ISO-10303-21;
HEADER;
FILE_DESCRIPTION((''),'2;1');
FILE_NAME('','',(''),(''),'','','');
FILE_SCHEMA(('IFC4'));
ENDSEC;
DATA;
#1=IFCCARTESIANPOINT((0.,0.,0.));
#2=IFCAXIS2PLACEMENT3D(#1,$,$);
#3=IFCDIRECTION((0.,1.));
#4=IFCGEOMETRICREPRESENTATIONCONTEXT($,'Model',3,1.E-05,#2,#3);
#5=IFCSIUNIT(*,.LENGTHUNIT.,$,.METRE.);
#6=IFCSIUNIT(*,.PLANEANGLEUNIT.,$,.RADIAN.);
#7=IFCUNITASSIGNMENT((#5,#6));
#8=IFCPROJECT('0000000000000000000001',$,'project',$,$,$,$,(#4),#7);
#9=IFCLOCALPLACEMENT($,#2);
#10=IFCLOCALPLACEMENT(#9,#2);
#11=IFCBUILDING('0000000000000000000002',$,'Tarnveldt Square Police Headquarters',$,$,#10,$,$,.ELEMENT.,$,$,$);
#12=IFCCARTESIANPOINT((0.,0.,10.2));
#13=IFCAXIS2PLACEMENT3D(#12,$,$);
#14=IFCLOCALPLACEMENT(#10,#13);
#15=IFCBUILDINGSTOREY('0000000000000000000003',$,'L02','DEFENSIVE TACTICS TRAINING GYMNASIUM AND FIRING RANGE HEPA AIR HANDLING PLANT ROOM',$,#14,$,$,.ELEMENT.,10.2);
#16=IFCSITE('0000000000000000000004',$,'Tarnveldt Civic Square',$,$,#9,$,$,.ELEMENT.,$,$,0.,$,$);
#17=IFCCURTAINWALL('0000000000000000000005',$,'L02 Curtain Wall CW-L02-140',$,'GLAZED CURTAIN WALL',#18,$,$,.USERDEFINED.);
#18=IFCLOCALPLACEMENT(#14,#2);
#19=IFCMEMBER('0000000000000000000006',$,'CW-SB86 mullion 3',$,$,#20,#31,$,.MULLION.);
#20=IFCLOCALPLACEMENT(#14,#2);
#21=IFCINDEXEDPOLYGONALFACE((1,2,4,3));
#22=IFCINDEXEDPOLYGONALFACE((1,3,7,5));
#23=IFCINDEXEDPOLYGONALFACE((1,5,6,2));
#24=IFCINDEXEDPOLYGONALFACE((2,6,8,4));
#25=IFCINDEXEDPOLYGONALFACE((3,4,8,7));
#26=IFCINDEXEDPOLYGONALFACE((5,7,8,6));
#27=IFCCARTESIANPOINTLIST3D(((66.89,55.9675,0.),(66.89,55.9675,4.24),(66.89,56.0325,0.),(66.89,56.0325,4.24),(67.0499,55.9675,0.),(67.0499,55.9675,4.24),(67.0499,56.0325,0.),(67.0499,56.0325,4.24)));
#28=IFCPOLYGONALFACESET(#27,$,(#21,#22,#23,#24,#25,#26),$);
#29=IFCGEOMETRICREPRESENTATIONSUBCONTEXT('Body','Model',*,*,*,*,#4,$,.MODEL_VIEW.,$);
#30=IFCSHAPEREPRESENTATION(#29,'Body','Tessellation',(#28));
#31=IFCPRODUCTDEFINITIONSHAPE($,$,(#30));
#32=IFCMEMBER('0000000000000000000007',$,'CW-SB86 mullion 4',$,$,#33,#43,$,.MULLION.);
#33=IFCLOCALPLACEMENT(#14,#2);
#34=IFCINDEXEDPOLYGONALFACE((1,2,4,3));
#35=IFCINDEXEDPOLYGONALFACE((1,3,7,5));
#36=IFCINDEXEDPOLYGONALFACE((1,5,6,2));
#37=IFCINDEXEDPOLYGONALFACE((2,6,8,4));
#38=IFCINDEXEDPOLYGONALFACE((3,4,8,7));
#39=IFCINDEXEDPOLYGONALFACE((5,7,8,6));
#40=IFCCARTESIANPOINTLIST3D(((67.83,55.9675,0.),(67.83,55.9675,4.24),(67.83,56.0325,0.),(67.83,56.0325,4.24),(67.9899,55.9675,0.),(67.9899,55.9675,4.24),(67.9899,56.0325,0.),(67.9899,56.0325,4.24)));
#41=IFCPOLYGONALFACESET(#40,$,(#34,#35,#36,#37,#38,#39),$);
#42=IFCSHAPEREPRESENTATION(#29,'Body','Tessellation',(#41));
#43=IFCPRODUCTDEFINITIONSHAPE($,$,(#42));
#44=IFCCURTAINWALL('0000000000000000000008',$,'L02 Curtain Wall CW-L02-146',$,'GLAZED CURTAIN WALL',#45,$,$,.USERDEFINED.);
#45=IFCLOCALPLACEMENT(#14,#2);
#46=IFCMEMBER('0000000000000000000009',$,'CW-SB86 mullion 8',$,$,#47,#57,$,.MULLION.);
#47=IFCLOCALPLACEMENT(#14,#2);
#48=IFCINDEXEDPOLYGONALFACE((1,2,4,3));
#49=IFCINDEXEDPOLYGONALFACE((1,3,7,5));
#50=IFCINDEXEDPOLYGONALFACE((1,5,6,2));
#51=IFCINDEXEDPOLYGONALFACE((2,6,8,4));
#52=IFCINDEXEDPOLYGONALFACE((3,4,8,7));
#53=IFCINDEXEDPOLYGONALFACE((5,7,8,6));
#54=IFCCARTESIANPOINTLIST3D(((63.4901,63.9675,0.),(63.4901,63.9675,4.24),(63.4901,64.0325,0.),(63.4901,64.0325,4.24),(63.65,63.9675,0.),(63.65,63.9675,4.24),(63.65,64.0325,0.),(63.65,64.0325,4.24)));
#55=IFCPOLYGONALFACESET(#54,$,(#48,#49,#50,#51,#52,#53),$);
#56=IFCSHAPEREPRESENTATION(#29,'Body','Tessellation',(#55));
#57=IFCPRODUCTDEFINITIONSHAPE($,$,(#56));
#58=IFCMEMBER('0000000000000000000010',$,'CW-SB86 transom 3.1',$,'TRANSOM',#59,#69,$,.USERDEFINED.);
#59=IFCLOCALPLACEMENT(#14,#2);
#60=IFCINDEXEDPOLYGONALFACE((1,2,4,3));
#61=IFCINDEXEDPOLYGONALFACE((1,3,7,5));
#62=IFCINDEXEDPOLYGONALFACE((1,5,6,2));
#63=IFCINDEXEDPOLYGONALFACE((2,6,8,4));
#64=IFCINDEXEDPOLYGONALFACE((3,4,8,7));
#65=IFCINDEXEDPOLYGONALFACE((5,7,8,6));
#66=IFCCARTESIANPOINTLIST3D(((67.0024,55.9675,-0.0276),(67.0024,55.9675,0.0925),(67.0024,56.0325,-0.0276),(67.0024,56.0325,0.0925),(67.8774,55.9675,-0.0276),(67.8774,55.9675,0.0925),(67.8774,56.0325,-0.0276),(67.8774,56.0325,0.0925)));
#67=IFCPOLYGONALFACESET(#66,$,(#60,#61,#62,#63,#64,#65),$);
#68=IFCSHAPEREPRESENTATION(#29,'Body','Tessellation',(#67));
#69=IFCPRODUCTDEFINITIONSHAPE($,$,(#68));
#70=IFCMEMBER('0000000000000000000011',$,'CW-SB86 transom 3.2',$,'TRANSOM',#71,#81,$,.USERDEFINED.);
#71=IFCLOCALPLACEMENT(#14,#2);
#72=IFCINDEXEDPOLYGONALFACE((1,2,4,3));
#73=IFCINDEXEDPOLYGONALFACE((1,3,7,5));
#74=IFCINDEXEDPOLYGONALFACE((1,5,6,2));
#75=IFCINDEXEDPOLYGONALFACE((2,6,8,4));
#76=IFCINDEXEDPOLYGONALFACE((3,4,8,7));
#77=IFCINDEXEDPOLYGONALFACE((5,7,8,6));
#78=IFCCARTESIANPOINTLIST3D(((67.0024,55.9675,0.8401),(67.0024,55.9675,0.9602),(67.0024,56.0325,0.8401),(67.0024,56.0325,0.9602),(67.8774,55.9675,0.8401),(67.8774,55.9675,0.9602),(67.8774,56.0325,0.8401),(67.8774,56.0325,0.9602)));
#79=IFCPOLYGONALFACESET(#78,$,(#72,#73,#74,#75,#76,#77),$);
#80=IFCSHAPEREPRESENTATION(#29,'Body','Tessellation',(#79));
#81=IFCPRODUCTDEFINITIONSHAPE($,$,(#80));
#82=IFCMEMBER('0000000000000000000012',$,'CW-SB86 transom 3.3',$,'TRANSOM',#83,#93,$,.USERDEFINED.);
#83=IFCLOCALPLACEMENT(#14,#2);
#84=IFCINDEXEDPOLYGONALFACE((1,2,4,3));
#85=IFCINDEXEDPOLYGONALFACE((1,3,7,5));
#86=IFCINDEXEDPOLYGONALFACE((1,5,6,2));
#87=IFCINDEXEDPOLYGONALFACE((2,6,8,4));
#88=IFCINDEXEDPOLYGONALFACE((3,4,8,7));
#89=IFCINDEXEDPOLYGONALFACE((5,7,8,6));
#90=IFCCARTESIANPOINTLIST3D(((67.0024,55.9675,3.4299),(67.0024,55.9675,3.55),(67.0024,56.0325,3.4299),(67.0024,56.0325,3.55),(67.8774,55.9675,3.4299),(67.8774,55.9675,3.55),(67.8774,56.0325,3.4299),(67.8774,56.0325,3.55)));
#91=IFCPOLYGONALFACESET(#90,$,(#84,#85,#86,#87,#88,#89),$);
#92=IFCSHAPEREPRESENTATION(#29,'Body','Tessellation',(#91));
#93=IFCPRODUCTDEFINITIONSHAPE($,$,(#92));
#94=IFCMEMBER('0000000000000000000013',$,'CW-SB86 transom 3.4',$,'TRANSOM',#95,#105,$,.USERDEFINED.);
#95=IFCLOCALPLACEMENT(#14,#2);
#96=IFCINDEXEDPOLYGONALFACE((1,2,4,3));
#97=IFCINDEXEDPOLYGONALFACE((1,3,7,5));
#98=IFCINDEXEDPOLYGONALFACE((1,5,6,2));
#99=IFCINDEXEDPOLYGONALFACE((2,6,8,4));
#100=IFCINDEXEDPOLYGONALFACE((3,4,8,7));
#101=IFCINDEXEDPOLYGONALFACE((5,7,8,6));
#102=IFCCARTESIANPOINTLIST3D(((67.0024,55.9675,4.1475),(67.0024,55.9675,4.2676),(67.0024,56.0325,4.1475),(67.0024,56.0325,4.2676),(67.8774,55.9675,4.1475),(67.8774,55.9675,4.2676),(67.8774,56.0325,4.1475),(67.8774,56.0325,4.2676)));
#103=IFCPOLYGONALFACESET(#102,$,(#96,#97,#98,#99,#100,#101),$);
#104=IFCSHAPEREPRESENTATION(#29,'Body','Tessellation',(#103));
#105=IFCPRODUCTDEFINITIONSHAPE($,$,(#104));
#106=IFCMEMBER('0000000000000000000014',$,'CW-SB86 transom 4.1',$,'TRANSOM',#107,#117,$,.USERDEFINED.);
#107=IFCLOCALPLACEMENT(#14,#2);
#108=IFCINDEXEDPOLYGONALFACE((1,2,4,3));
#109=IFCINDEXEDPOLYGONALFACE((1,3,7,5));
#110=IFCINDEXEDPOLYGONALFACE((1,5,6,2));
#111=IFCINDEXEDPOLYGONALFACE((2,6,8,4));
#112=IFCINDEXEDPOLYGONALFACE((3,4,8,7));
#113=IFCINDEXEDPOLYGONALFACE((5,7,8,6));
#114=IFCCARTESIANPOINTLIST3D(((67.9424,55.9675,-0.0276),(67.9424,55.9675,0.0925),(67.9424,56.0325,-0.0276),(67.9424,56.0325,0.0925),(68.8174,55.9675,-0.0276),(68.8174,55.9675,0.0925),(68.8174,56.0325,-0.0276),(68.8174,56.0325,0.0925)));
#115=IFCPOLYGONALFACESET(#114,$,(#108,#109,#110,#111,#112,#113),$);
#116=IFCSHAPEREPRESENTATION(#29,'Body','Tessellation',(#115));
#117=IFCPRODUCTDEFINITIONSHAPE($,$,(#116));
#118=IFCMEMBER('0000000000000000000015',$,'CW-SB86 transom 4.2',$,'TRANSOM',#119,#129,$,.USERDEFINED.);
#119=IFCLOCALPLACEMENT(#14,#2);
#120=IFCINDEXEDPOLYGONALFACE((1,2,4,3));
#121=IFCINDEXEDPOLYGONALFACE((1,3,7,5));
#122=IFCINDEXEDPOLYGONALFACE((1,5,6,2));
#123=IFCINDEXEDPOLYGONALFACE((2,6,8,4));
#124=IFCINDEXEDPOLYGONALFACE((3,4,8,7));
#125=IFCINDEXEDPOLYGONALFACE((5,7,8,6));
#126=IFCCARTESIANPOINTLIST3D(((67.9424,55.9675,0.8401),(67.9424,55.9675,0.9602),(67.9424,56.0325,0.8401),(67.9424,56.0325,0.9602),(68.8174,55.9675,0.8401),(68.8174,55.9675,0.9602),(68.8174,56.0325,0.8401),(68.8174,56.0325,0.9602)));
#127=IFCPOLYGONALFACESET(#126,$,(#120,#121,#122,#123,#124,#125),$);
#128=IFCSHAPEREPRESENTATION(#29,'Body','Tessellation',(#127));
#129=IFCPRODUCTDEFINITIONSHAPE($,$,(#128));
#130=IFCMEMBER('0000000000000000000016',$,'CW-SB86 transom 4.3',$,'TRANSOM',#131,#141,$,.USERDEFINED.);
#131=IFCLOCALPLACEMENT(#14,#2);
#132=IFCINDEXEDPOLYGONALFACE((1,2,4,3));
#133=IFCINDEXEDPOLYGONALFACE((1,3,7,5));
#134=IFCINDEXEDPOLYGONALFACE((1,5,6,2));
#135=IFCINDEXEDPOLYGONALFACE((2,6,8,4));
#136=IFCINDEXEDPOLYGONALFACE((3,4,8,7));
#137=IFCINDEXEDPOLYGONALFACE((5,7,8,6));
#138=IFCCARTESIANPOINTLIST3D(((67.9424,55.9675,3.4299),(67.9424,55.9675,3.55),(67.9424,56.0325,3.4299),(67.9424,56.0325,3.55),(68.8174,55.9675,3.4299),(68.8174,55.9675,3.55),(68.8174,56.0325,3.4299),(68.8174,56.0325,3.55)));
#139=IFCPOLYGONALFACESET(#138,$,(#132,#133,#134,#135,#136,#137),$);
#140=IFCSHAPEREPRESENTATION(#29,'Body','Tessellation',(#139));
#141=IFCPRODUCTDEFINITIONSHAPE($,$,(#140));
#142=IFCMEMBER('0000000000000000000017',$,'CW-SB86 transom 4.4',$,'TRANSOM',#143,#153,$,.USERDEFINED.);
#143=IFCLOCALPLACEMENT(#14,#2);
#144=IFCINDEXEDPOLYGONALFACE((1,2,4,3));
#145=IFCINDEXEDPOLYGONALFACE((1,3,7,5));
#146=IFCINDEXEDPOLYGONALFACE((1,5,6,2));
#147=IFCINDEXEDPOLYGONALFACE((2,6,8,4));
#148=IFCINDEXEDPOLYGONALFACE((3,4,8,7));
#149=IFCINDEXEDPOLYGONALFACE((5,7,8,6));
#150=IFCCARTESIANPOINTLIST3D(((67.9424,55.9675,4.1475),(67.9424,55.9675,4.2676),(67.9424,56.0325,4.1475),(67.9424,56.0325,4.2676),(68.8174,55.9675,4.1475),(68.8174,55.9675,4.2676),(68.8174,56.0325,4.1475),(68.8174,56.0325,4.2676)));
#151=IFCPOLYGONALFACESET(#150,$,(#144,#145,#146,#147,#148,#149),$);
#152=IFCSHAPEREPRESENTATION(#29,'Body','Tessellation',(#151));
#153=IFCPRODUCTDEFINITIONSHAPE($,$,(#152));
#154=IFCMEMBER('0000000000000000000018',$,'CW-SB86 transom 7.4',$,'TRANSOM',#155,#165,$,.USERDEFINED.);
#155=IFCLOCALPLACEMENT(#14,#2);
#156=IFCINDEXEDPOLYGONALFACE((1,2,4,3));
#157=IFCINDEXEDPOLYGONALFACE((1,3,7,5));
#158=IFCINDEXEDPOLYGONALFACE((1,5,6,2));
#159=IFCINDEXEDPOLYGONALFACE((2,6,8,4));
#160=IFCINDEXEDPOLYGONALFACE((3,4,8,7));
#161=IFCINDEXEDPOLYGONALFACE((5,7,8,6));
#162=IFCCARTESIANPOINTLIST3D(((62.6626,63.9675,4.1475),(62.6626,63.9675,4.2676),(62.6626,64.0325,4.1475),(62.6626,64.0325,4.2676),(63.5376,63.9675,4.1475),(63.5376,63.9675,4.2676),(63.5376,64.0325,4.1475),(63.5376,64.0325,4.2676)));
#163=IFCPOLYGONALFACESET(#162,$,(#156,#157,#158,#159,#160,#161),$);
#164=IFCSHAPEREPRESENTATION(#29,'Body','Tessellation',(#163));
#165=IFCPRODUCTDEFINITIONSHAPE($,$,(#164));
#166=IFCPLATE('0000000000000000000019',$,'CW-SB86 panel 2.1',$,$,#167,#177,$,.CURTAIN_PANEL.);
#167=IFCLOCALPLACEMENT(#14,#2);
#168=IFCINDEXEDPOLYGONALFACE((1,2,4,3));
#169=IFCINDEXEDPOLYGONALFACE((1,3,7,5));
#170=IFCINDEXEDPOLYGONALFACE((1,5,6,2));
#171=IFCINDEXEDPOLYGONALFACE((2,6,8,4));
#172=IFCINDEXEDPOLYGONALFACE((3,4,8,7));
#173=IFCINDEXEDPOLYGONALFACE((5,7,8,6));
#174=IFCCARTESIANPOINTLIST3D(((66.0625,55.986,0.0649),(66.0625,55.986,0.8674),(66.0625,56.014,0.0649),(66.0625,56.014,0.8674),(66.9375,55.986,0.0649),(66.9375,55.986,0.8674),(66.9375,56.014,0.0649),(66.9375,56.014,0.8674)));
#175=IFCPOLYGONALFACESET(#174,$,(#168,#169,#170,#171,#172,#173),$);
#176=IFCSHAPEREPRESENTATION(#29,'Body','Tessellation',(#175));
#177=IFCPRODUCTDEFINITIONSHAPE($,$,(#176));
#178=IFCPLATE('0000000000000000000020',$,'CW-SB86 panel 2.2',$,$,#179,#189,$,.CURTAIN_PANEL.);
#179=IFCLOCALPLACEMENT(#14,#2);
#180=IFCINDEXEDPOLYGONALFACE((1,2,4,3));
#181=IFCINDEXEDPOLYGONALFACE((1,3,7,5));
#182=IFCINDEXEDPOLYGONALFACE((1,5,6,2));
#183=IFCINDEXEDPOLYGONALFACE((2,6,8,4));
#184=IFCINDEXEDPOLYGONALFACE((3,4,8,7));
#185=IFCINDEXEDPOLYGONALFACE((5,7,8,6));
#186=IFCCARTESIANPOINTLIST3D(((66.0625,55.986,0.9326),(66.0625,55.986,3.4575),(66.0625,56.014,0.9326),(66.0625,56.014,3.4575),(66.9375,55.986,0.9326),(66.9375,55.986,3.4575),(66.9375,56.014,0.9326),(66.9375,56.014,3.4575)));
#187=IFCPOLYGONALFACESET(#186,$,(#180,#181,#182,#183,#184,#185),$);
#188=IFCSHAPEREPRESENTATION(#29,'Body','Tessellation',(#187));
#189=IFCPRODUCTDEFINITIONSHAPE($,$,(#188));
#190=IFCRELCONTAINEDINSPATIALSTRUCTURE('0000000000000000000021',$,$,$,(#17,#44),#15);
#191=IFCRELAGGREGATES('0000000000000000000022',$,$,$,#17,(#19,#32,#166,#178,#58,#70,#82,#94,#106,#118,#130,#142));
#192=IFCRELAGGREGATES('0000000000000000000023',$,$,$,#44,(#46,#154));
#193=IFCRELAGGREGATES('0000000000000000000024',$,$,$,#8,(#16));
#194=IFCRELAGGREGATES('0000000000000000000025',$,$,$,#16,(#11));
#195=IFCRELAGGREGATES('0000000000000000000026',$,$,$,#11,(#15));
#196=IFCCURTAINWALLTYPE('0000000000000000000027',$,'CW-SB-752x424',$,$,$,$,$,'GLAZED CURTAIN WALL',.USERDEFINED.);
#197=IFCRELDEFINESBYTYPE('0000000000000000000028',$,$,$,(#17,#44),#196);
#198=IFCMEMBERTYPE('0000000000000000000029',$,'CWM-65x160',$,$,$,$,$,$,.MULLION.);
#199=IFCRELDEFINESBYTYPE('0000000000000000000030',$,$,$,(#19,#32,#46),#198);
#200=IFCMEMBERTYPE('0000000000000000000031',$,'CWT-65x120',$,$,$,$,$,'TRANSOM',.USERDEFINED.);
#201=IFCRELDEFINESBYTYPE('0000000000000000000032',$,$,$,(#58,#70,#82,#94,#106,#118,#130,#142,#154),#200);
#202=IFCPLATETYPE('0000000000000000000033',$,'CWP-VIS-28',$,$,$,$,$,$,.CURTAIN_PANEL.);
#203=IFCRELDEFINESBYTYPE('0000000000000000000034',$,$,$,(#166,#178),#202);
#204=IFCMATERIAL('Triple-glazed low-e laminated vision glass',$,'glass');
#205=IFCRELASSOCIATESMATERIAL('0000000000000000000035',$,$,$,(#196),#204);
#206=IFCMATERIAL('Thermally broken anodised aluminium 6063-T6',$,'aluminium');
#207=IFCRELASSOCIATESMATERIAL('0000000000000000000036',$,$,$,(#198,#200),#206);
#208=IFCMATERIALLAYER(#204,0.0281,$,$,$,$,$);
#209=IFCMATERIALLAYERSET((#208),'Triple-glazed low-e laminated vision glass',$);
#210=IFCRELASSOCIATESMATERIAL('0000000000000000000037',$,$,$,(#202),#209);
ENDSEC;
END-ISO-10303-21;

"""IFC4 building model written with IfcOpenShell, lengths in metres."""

from ifc_helpers import new_model, si_unit, direction, frame, origin, origin_2d, place, context, subcontext, project, spatial, rectangle, extrude, material, layer, layer_set, material_profile, profile_set, type_object, element, aggregate, save


model = new_model("IFC4")

# Units and contexts
model_context = context("Model", 3, precision=1e-05, world=origin(), true_north=direction((0.0, 1.0)))
body_context = subcontext(model_context, "Body", "Model", "MODEL_VIEW")
ifc_project = project(units=[si_unit("LENGTHUNIT", "METRE"), si_unit("PLANEANGLEUNIT", "RADIAN")], contexts=[model_context])

# Site, building, storey
site_placement = place(None, origin())
site = spatial("IfcSite", under=ifc_project, at=site_placement, Name="Tarnveldt Civic Square", CompositionType="ELEMENT", RefElevation=0.0)
building_placement = place(site_placement, origin())
building = spatial("IfcBuilding", under=site, at=building_placement, Name="Tarnveldt Square Police Headquarters", CompositionType="ELEMENT")
storey_placement = place(building_placement, frame((0.0, 0.0, 10.2)))
storey = spatial("IfcBuildingStorey", under=building, at=storey_placement, Name="L02", Description="DEFENSIVE TACTICS TRAINING GYMNASIUM AND FIRING RANGE HEPA AIR HANDLING PLANT ROOM", CompositionType="ELEMENT", Elevation=10.2)

# Curtain wall, members
ifc_material_1 = material(Name="Triple-glazed low-e laminated vision glass", Category="glass")
curtain_wall_type = type_object("IfcCurtainWallType", Name="CW-SB-752x424", ElementType="GLAZED CURTAIN WALL", PredefinedType="USERDEFINED", material=ifc_material_1)
curtain_wall_1_placement = place(storey_placement, origin())
curtain_wall_1 = element("IfcCurtainWall", 1, at=curtain_wall_1_placement, inside=storey, type_object=curtain_wall_type, Name="L02 Curtain Wall CW-L02-140", ObjectType="GLAZED CURTAIN WALL", PredefinedType="USERDEFINED")
ifc_material_2 = material(Name="Thermally broken anodised aluminium 6063-T6", Category="aluminium")
ifc_material_profile_1 = material_profile(ifc_material_2, rectangle(XDim=0.0649, YDim=0.1599, at=origin_2d()), Name="CW-M65x160")
ifc_profile_set_1 = profile_set([ifc_material_profile_1], Name="Thermally broken anodised aluminium 6063-T6")
member_type_1 = type_object("IfcMemberType", Name="CWM-65x160", PredefinedType="MULLION", material=ifc_profile_set_1)
member_1_placement = place(storey_placement, frame((66.97, 56.0, 0.0), z_axis=(0.0, 0.0, 1.0), x_axis=(0.0, 1.0, 0.0)))
member_1 = element("IfcMember", 2, at=member_1_placement, type_object=member_type_1, Name="CW-SB86 mullion 3", PredefinedType="MULLION", context=body_context, shape_type="SweptSolid", body=[
    extrude(rectangle(XDim=0.0649, YDim=0.1599, at=origin_2d()), origin(), (0.0, 0.0, 1.0), 4.24),
])
member_2_placement = place(storey_placement, frame((67.9099, 56.0, 0.0), z_axis=(0.0, 0.0, 1.0), x_axis=(0.0, 1.0, 0.0)))
member_2 = element("IfcMember", 3, at=member_2_placement, type_object=member_type_1, Name="CW-SB86 mullion 4", PredefinedType="MULLION", context=body_context, shape_type="SweptSolid", body=[
    extrude(rectangle(XDim=0.0649, YDim=0.1599, at=origin_2d()), origin(), (0.0, 0.0, 1.0), 4.24),
])

# Curtain wall, member
curtain_wall_2_placement = place(storey_placement, origin())
curtain_wall_2 = element("IfcCurtainWall", 4, at=curtain_wall_2_placement, inside=storey, type_object=curtain_wall_type, Name="L02 Curtain Wall CW-L02-146", ObjectType="GLAZED CURTAIN WALL", PredefinedType="USERDEFINED")
member_3_placement = place(storey_placement, frame((63.5701, 64.0, 0.0), z_axis=(0.0, 0.0, 1.0), x_axis=(0.0, 1.0, 0.0)))
member_3 = element("IfcMember", 5, at=member_3_placement, type_object=member_type_1, Name="CW-SB86 mullion 8", PredefinedType="MULLION", context=body_context, shape_type="SweptSolid", body=[
    extrude(rectangle(XDim=0.0649, YDim=0.1599, at=origin_2d()), origin(), (0.0, 0.0, 1.0), 4.24),
])

# Members
ifc_material_profile_2 = material_profile(ifc_material_2, rectangle(XDim=0.0649, YDim=0.1201, at=origin_2d()), Name="CW-T65x120")
ifc_profile_set_2 = profile_set([ifc_material_profile_2], Name="Thermally broken anodised aluminium 6063-T6")
member_type_2 = type_object("IfcMemberType", Name="CWT-65x120", ElementType="TRANSOM", PredefinedType="USERDEFINED", material=ifc_profile_set_2)
member_4_placement = place(storey_placement, frame((67.0024, 56.0, 0.0325), z_axis=(1.0, 0.0, 0.0), x_axis=(0.0, 1.0, 0.0)))
member_4 = element("IfcMember", 6, at=member_4_placement, type_object=member_type_2, Name="CW-SB86 transom 3.1", ObjectType="TRANSOM", PredefinedType="USERDEFINED", context=body_context, shape_type="SweptSolid", body=[
    extrude(rectangle(XDim=0.0649, YDim=0.1201, at=origin_2d()), origin(), (0.0, 0.0, 1.0), 0.875),
])
member_5_placement = place(storey_placement, frame((67.0024, 56.0, 0.9001), z_axis=(1.0, 0.0, 0.0), x_axis=(0.0, 1.0, 0.0)))
member_5 = element("IfcMember", 7, at=member_5_placement, type_object=member_type_2, Name="CW-SB86 transom 3.2", ObjectType="TRANSOM", PredefinedType="USERDEFINED", context=body_context, shape_type="SweptSolid", body=[
    extrude(rectangle(XDim=0.0649, YDim=0.1201, at=origin_2d()), origin(), (0.0, 0.0, 1.0), 0.875),
])
member_6_placement = place(storey_placement, frame((67.0024, 56.0, 3.49), z_axis=(1.0, 0.0, 0.0), x_axis=(0.0, 1.0, 0.0)))
member_6 = element("IfcMember", 8, at=member_6_placement, type_object=member_type_2, Name="CW-SB86 transom 3.3", ObjectType="TRANSOM", PredefinedType="USERDEFINED", context=body_context, shape_type="SweptSolid", body=[
    extrude(rectangle(XDim=0.0649, YDim=0.1201, at=origin_2d()), origin(), (0.0, 0.0, 1.0), 0.875),
])
member_7_placement = place(storey_placement, frame((67.0024, 56.0, 4.2075), z_axis=(1.0, 0.0, 0.0), x_axis=(0.0, 1.0, 0.0)))
member_7 = element("IfcMember", 9, at=member_7_placement, type_object=member_type_2, Name="CW-SB86 transom 3.4", ObjectType="TRANSOM", PredefinedType="USERDEFINED", context=body_context, shape_type="SweptSolid", body=[
    extrude(rectangle(XDim=0.0649, YDim=0.1201, at=origin_2d()), origin(), (0.0, 0.0, 1.0), 0.875),
])
member_8_placement = place(storey_placement, frame((67.9424, 56.0, 0.0325), z_axis=(1.0, 0.0, 0.0), x_axis=(0.0, 1.0, 0.0)))
member_8 = element("IfcMember", 10, at=member_8_placement, type_object=member_type_2, Name="CW-SB86 transom 4.1", ObjectType="TRANSOM", PredefinedType="USERDEFINED", context=body_context, shape_type="SweptSolid", body=[
    extrude(rectangle(XDim=0.0649, YDim=0.1201, at=origin_2d()), origin(), (0.0, 0.0, 1.0), 0.875),
])
member_9_placement = place(storey_placement, frame((67.9424, 56.0, 0.9001), z_axis=(1.0, 0.0, 0.0), x_axis=(0.0, 1.0, 0.0)))
member_9 = element("IfcMember", 11, at=member_9_placement, type_object=member_type_2, Name="CW-SB86 transom 4.2", ObjectType="TRANSOM", PredefinedType="USERDEFINED", context=body_context, shape_type="SweptSolid", body=[
    extrude(rectangle(XDim=0.0649, YDim=0.1201, at=origin_2d()), origin(), (0.0, 0.0, 1.0), 0.875),
])
member_10_placement = place(storey_placement, frame((67.9424, 56.0, 3.49), z_axis=(1.0, 0.0, 0.0), x_axis=(0.0, 1.0, 0.0)))
member_10 = element("IfcMember", 12, at=member_10_placement, type_object=member_type_2, Name="CW-SB86 transom 4.3", ObjectType="TRANSOM", PredefinedType="USERDEFINED", context=body_context, shape_type="SweptSolid", body=[
    extrude(rectangle(XDim=0.0649, YDim=0.1201, at=origin_2d()), origin(), (0.0, 0.0, 1.0), 0.875),
])
member_11_placement = place(storey_placement, frame((67.9424, 56.0, 4.2075), z_axis=(1.0, 0.0, 0.0), x_axis=(0.0, 1.0, 0.0)))
member_11 = element("IfcMember", 13, at=member_11_placement, type_object=member_type_2, Name="CW-SB86 transom 4.4", ObjectType="TRANSOM", PredefinedType="USERDEFINED", context=body_context, shape_type="SweptSolid", body=[
    extrude(rectangle(XDim=0.0649, YDim=0.1201, at=origin_2d()), origin(), (0.0, 0.0, 1.0), 0.875),
])
member_12_placement = place(storey_placement, frame((62.6626, 64.0, 4.2075), z_axis=(1.0, 0.0, 0.0), x_axis=(0.0, 1.0, 0.0)))
member_12 = element("IfcMember", 14, at=member_12_placement, type_object=member_type_2, Name="CW-SB86 transom 7.4", ObjectType="TRANSOM", PredefinedType="USERDEFINED", context=body_context, shape_type="SweptSolid", body=[
    extrude(rectangle(XDim=0.0649, YDim=0.1201, at=origin_2d()), origin(), (0.0, 0.0, 1.0), 0.875),
])

# Plates
ifc_layer = layer(ifc_material_1, 0.0281)
ifc_layer_set = layer_set([ifc_layer], Name="Triple-glazed low-e laminated vision glass")
plate_type = type_object("IfcPlateType", Name="CWP-VIS-28", PredefinedType="CURTAIN_PANEL", material=ifc_layer_set)
plate_1_placement = place(storey_placement, frame((66.5, 56.0, 0.0649), z_axis=(0.0, 0.0, 1.0), x_axis=(1.0, 0.0, 0.0)))
plate_1 = element("IfcPlate", 15, at=plate_1_placement, type_object=plate_type, Name="CW-SB86 panel 2.1", PredefinedType="CURTAIN_PANEL", context=body_context, shape_type="SweptSolid", body=[
    extrude(rectangle(XDim=0.875, YDim=0.0281, at=origin_2d()), origin(), (0.0, 0.0, 1.0), 0.8025),
])
plate_2_placement = place(storey_placement, frame((66.5, 56.0, 0.9326), z_axis=(0.0, 0.0, 1.0), x_axis=(1.0, 0.0, 0.0)))
plate_2 = element("IfcPlate", 16, at=plate_2_placement, type_object=plate_type, Name="CW-SB86 panel 2.2", PredefinedType="CURTAIN_PANEL", context=body_context, shape_type="SweptSolid", body=[
    extrude(rectangle(XDim=0.875, YDim=0.0281, at=origin_2d()), origin(), (0.0, 0.0, 1.0), 2.5249),
])
aggregate(curtain_wall_1, [member_1, member_2, plate_1, plate_2, member_4, member_5, member_6, member_7, member_8, member_9, member_10, member_11])
aggregate(curtain_wall_2, [member_3, member_12])

save(model, "model.ifc")
